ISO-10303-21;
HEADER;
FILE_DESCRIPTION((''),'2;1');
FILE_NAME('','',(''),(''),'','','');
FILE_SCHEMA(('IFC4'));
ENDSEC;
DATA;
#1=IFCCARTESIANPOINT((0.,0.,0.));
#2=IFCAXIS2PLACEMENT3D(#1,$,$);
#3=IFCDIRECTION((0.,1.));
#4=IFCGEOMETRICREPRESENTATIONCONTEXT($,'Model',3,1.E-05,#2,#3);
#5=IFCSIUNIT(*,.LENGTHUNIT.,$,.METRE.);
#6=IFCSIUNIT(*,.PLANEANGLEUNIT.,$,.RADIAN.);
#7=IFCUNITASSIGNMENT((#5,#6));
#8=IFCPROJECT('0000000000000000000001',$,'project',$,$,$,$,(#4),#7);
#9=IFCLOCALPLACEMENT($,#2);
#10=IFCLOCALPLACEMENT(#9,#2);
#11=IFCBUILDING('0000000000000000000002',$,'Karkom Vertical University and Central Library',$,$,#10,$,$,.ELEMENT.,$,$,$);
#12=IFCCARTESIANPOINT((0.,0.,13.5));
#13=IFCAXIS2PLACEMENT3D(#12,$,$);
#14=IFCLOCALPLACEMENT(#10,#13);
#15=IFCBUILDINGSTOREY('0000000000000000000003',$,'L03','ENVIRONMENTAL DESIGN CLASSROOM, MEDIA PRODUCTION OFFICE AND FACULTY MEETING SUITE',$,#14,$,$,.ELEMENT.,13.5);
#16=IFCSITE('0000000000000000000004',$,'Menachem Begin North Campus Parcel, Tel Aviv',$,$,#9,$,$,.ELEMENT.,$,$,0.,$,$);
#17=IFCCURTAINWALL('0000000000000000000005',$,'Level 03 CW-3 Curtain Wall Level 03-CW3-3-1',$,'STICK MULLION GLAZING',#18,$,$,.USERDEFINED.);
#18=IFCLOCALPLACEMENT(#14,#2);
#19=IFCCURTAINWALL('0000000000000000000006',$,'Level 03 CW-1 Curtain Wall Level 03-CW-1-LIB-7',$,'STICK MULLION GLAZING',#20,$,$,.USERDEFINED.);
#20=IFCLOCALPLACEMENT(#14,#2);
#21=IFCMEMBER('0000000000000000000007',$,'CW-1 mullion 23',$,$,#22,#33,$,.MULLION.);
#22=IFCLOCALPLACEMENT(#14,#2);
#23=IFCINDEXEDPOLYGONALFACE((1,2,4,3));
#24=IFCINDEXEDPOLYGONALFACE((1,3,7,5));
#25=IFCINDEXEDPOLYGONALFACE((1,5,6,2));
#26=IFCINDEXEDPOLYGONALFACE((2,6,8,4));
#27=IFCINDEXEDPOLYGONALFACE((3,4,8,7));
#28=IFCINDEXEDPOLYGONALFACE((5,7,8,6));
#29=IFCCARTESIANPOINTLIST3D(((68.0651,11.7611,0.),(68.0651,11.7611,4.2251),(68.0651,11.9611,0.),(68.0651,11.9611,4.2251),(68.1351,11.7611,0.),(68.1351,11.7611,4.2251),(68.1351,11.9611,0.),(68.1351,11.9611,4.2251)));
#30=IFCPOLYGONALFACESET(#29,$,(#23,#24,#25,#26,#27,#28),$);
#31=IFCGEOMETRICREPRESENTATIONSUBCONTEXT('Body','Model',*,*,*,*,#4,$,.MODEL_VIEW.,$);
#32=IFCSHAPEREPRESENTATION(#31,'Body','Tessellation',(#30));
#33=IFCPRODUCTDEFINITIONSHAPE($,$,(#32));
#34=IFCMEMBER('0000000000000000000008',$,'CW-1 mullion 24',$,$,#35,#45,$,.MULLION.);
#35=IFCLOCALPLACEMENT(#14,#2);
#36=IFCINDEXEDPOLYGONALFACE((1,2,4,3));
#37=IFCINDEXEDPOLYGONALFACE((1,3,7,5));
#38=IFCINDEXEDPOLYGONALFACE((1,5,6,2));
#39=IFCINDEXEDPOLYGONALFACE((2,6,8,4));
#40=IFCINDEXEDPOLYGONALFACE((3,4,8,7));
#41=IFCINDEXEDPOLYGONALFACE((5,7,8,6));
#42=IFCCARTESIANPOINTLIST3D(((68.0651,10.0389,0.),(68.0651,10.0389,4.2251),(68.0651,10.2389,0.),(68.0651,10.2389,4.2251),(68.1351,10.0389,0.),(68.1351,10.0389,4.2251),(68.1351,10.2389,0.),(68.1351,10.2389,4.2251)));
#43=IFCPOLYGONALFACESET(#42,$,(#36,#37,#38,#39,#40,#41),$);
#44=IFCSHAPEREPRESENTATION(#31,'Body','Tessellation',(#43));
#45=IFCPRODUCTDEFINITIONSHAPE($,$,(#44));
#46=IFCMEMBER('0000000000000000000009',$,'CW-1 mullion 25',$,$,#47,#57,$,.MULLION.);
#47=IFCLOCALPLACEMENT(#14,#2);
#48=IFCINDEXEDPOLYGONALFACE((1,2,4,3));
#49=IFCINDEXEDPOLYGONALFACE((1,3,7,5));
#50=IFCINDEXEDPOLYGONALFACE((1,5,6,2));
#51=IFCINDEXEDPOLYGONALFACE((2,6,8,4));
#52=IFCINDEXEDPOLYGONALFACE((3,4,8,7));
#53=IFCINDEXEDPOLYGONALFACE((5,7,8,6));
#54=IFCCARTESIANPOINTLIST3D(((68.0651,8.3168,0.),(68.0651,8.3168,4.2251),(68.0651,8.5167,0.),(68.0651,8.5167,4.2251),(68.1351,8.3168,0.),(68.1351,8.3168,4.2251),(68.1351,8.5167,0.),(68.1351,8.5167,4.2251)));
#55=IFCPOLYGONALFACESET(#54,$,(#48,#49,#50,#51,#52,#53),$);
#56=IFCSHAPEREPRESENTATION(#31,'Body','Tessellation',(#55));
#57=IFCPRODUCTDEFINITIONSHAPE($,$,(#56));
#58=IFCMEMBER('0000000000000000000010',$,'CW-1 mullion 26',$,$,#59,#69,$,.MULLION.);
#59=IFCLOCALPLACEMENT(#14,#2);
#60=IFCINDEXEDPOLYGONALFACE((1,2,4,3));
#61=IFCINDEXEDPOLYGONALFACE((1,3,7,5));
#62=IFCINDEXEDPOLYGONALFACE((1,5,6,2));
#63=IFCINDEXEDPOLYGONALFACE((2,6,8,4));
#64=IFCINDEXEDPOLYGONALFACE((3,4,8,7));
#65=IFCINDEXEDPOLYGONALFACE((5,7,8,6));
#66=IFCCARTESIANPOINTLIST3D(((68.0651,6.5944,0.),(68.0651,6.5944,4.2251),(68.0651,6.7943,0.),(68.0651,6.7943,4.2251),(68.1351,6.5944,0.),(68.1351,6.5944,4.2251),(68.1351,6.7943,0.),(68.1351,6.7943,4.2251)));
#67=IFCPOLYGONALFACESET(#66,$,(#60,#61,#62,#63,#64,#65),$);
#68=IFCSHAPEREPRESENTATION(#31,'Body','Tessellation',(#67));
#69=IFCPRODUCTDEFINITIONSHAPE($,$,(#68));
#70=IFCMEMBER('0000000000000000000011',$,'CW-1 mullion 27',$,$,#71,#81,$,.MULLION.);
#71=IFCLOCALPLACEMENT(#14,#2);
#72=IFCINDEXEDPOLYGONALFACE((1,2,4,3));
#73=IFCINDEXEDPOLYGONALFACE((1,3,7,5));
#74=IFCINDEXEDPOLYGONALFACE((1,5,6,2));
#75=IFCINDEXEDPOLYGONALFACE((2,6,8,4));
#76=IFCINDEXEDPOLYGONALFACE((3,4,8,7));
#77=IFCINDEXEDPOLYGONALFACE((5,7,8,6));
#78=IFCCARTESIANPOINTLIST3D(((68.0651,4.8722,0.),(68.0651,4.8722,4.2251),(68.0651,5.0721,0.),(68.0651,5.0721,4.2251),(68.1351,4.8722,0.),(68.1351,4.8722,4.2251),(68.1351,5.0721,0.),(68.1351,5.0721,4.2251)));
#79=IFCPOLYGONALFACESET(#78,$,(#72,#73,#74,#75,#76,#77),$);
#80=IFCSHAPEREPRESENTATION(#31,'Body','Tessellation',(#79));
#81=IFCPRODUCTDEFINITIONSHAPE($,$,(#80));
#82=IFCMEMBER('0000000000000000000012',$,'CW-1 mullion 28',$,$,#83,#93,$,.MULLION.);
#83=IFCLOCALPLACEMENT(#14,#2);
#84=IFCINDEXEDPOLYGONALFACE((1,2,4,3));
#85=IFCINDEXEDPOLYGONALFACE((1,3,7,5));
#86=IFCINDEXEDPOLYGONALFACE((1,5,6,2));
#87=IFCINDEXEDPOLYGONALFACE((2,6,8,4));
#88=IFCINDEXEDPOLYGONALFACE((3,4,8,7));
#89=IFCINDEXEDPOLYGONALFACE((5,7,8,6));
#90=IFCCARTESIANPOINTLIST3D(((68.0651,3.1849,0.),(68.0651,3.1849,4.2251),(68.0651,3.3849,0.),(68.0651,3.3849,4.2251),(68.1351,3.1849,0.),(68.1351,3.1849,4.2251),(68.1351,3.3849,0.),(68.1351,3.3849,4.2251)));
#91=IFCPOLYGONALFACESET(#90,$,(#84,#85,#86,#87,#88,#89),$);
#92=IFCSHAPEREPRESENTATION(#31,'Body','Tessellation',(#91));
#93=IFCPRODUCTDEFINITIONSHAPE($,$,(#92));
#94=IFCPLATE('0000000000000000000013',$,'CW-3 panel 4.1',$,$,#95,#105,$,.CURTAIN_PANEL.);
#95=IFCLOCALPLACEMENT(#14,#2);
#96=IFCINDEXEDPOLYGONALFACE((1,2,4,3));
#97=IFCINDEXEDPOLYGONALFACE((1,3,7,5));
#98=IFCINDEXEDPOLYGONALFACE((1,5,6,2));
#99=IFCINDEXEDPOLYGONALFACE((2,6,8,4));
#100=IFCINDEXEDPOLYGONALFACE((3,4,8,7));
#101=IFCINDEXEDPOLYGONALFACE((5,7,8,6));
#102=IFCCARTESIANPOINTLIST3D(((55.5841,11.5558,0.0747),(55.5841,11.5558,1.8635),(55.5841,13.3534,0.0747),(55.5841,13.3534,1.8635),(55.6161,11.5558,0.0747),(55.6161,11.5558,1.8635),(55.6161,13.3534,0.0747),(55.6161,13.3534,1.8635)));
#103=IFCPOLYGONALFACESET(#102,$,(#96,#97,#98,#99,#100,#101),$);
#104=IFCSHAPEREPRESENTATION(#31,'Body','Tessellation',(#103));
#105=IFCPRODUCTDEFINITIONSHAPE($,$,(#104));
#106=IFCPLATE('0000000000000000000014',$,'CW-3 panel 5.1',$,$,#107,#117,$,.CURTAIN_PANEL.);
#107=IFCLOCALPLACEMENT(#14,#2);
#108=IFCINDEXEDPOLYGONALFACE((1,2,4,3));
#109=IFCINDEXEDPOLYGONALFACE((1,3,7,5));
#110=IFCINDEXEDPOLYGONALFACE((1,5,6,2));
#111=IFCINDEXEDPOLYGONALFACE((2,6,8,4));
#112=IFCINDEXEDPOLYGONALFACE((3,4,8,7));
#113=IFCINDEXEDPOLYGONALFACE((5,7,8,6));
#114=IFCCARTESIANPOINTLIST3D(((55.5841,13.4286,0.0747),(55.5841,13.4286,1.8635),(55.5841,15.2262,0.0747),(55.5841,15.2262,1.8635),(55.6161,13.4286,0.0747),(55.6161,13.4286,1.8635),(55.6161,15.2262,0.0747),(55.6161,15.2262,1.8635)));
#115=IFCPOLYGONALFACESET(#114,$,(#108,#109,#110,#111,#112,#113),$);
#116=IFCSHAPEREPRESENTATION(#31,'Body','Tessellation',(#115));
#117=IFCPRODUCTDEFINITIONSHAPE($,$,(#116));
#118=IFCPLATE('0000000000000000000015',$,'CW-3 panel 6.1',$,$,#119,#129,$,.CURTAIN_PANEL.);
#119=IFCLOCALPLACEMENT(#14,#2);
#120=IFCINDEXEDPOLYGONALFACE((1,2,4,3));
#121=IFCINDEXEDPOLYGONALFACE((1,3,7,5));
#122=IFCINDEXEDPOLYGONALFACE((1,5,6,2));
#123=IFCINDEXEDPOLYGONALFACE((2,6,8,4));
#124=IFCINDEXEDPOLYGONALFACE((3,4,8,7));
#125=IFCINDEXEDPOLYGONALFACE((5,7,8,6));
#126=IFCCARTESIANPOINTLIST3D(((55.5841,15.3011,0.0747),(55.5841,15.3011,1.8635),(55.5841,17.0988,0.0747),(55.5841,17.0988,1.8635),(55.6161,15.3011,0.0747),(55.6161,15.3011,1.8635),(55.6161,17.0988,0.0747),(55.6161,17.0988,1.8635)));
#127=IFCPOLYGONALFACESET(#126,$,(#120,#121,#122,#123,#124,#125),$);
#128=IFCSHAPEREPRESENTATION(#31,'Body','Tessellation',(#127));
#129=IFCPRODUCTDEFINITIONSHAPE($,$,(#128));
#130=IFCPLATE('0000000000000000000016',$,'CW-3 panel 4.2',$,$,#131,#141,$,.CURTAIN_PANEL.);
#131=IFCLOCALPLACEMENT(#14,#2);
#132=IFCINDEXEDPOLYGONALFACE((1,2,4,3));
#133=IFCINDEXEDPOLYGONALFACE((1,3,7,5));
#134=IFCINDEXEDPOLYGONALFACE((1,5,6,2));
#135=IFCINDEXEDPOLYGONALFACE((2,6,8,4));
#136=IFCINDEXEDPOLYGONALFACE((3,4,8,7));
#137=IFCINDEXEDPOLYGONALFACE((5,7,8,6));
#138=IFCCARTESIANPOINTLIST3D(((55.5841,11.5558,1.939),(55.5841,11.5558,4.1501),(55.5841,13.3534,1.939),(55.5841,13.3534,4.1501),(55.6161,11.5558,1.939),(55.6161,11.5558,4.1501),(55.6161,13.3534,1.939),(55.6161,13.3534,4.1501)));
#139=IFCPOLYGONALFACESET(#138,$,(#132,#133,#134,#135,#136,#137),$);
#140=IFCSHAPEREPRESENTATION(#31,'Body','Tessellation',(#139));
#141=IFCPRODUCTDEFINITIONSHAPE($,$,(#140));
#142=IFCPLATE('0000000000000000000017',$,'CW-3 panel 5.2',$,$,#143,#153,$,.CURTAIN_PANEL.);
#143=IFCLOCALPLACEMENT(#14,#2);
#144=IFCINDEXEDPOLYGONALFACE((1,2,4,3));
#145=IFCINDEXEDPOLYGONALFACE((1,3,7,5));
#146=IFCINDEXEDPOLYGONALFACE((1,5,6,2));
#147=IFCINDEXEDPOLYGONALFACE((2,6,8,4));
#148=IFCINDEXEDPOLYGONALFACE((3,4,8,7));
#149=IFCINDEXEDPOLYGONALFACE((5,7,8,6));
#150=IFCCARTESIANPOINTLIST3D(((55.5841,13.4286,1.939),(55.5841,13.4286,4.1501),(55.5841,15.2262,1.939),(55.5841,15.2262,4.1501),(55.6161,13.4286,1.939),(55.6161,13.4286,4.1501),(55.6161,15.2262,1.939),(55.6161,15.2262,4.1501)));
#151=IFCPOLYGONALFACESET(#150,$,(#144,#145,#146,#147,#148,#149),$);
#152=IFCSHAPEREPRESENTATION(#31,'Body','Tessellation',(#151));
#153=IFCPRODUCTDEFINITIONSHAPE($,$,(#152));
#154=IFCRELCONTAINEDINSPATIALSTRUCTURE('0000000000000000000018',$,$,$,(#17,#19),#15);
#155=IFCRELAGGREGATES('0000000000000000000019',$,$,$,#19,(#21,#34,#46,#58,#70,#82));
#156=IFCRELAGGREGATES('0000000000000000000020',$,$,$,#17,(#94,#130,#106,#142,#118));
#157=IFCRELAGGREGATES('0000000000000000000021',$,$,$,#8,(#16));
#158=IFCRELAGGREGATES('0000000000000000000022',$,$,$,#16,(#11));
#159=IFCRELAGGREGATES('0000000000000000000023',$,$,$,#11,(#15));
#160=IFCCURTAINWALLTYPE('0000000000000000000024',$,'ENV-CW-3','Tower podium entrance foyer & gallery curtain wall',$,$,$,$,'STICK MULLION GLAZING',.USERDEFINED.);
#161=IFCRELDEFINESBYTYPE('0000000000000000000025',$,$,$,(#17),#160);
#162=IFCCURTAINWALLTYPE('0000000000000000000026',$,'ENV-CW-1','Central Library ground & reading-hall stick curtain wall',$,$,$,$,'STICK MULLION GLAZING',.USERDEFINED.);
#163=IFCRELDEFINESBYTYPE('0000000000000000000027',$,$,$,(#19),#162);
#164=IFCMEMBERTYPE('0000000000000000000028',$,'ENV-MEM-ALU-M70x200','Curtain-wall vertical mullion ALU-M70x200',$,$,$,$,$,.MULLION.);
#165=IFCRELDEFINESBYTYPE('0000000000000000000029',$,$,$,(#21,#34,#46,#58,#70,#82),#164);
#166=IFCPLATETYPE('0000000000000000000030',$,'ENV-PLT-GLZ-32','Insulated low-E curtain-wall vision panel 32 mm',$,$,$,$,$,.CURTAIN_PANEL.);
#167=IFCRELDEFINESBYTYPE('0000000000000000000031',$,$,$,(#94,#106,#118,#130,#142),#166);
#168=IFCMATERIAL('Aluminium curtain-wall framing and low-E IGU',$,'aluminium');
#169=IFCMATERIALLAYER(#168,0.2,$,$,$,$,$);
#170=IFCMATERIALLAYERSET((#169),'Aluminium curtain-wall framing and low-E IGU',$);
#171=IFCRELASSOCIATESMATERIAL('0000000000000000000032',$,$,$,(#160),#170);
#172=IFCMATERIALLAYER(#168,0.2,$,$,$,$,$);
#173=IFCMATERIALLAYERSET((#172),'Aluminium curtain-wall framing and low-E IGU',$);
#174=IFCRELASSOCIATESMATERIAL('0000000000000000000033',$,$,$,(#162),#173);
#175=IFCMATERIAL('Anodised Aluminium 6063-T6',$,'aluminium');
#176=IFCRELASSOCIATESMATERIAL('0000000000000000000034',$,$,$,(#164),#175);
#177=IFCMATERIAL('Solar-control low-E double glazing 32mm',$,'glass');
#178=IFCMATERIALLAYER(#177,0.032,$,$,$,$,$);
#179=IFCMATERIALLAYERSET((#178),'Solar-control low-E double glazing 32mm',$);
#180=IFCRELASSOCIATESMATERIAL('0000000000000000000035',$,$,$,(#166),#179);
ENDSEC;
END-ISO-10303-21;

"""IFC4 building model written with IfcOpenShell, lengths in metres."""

from ifc_helpers import new_model, si_unit, direction, frame, origin, origin_with_axes, origin_2d, place, context, subcontext, project, spatial, rectangle, extrude, source, transform, mapped, material, layer, layer_set, material_profile, profile_set, type_object, element, aggregate, save


model = new_model("IFC4")

# Units and contexts
model_context = context("Model", 3, precision=1e-05, world=origin(), true_north=direction((0.0, 1.0)))
body_context = subcontext(model_context, "Body", "Model", "MODEL_VIEW")
ifc_project = project(units=[si_unit("LENGTHUNIT", "METRE"), si_unit("PLANEANGLEUNIT", "RADIAN")], contexts=[model_context])

# Site, building, storey
site_placement = place(None, origin())
site = spatial("IfcSite", under=ifc_project, at=site_placement, Name="Menachem Begin North Campus Parcel, Tel Aviv", CompositionType="ELEMENT", RefElevation=0.0)
building_placement = place(site_placement, origin())
building = spatial("IfcBuilding", under=site, at=building_placement, Name="Karkom Vertical University and Central Library", CompositionType="ELEMENT")
storey_placement = place(building_placement, frame((0.0, 0.0, 13.5)))
storey = spatial("IfcBuildingStorey", under=building, at=storey_placement, Name="L03", Description="ENVIRONMENTAL DESIGN CLASSROOM, MEDIA PRODUCTION OFFICE AND FACULTY MEETING SUITE", CompositionType="ELEMENT", Elevation=13.5)

# Curtain walls, members
ifc_material_1 = material(Name="Aluminium curtain-wall framing and low-E IGU", Category="aluminium")
ifc_layer_1 = layer(ifc_material_1, 0.2)
ifc_layer_set_1 = layer_set([ifc_layer_1], Name="Aluminium curtain-wall framing and low-E IGU")
curtain_wall_type_1 = type_object("IfcCurtainWallType", Name="ENV-CW-3", Description="Tower podium entrance foyer & gallery curtain wall", ElementType="STICK MULLION GLAZING", PredefinedType="USERDEFINED", material=ifc_layer_set_1)
curtain_wall_1_placement = place(storey_placement, origin())
curtain_wall_1 = element("IfcCurtainWall", 1, at=curtain_wall_1_placement, inside=storey, type_object=curtain_wall_type_1, Name="Level 03 CW-3 Curtain Wall Level 03-CW3-3-1", ObjectType="STICK MULLION GLAZING", PredefinedType="USERDEFINED")
ifc_material_2 = material(Name="Anodised Aluminium 6063-T6", Category="aluminium")
ifc_layer_2 = layer(ifc_material_1, 0.2)
ifc_layer_set_2 = layer_set([ifc_layer_2], Name="Aluminium curtain-wall framing and low-E IGU")
curtain_wall_type_2 = type_object("IfcCurtainWallType", Name="ENV-CW-1", Description="Central Library ground & reading-hall stick curtain wall", ElementType="STICK MULLION GLAZING", PredefinedType="USERDEFINED", material=ifc_layer_set_2)
curtain_wall_2_placement = place(storey_placement, origin())
curtain_wall_2 = element("IfcCurtainWall", 2, at=curtain_wall_2_placement, inside=storey, type_object=curtain_wall_type_2, Name="Level 03 CW-1 Curtain Wall Level 03-CW-1-LIB-7", ObjectType="STICK MULLION GLAZING", PredefinedType="USERDEFINED")
ifc_material_profile_1 = material_profile(ifc_material_2, rectangle(XDim=0.0701, YDim=0.2, at=origin_2d()), Name="ALU-M70x200")
ifc_profile_set_1 = profile_set([ifc_material_profile_1], Name="Anodised Aluminium 6063-T6")
member_type_1 = type_object("IfcMemberType", Name="ENV-MEM-ALU-M70x200", Description="Curtain-wall vertical mullion ALU-M70x200", PredefinedType="MULLION", material=ifc_profile_set_1)
shared_shape_1 = source(origin_with_axes(), body_context, "Body", "SweptSolid", [
    extrude(rectangle(XDim=0.0701, YDim=0.2, at=origin_2d()), origin(), (0.0, 0.0, 1.0), 4.2251),
])
member_1_placement = place(storey_placement, frame((68.1001, 11.8611, 0.0), z_axis=(0.0, 0.0, 1.0), x_axis=(1.0, 0.0, 0.0)))
member_1 = element("IfcMember", 3, at=member_1_placement, type_object=member_type_1, Name="CW-1 mullion 23", PredefinedType="MULLION", context=body_context, shape_type="MappedRepresentation", body=[
    mapped(shared_shape_1, transform((0.0, 0.0, 0.0), scale=1.0)),
])
member_2_placement = place(storey_placement, frame((68.1001, 10.1389, 0.0), z_axis=(0.0, 0.0, 1.0), x_axis=(1.0, 0.0, 0.0)))
member_2 = element("IfcMember", 4, at=member_2_placement, type_object=member_type_1, Name="CW-1 mullion 24", PredefinedType="MULLION", context=body_context, shape_type="MappedRepresentation", body=[
    mapped(shared_shape_1, transform((0.0, 0.0, 0.0), scale=1.0)),
])
member_3_placement = place(storey_placement, frame((68.1001, 8.4167, 0.0), z_axis=(0.0, 0.0, 1.0), x_axis=(1.0, 0.0, 0.0)))
member_3 = element("IfcMember", 5, at=member_3_placement, type_object=member_type_1, Name="CW-1 mullion 25", PredefinedType="MULLION", context=body_context, shape_type="MappedRepresentation", body=[
    mapped(shared_shape_1, transform((0.0, 0.0, 0.0), scale=1.0)),
])
member_4_placement = place(storey_placement, frame((68.1001, 6.6943, 0.0), z_axis=(0.0, 0.0, 1.0), x_axis=(1.0, 0.0, 0.0)))
member_4 = element("IfcMember", 6, at=member_4_placement, type_object=member_type_1, Name="CW-1 mullion 26", PredefinedType="MULLION", context=body_context, shape_type="MappedRepresentation", body=[
    mapped(shared_shape_1, transform((0.0, 0.0, 0.0), scale=1.0)),
])
member_5_placement = place(storey_placement, frame((68.1001, 4.9722, 0.0), z_axis=(0.0, 0.0, 1.0), x_axis=(1.0, 0.0, 0.0)))
member_5 = element("IfcMember", 7, at=member_5_placement, type_object=member_type_1, Name="CW-1 mullion 27", PredefinedType="MULLION", context=body_context, shape_type="MappedRepresentation", body=[
    mapped(shared_shape_1, transform((0.0, 0.0, 0.0), scale=1.0)),
])
member_6_placement = place(storey_placement, frame((68.1001, 3.2849, 0.0), z_axis=(0.0, 0.0, 1.0), x_axis=(1.0, 0.0, 0.0)))
member_6 = element("IfcMember", 8, at=member_6_placement, type_object=member_type_1, Name="CW-1 mullion 28", PredefinedType="MULLION", context=body_context, shape_type="MappedRepresentation", body=[
    mapped(shared_shape_1, transform((0.0, 0.0, 0.0), scale=1.0)),
])
aggregate(curtain_wall_2, [member_1, member_2, member_3, member_4, member_5, member_6])

# Plates
ifc_material_3 = material(Name="Solar-control low-E double glazing 32mm", Category="glass")
ifc_layer_3 = layer(ifc_material_3, 0.032)
ifc_layer_set_3 = layer_set([ifc_layer_3], Name="Solar-control low-E double glazing 32mm")
plate_type = type_object("IfcPlateType", Name="ENV-PLT-GLZ-32", Description="Insulated low-E curtain-wall vision panel 32 mm", PredefinedType="CURTAIN_PANEL", material=ifc_layer_set_3)
shared_shape_2 = source(origin_with_axes(), body_context, "Body", "SweptSolid", [
    extrude(rectangle(XDim=1.7976, YDim=0.032, at=origin_2d()), origin(), (0.0, 0.0, 1.0), 1.7888),
])
plate_1_placement = place(storey_placement, frame((55.6001, 12.4546, 0.0747), z_axis=(0.0, 0.0, 1.0), x_axis=(0.0, 1.0, 0.0)))
plate_1 = element("IfcPlate", 9, at=plate_1_placement, type_object=plate_type, Name="CW-3 panel 4.1", PredefinedType="CURTAIN_PANEL", context=body_context, shape_type="MappedRepresentation", body=[
    mapped(shared_shape_2, transform((0.0, 0.0, 0.0), scale=1.0)),
])
plate_2_placement = place(storey_placement, frame((55.6001, 14.3274, 0.0747), z_axis=(0.0, 0.0, 1.0), x_axis=(0.0, 1.0, 0.0)))
plate_2 = element("IfcPlate", 10, at=plate_2_placement, type_object=plate_type, Name="CW-3 panel 5.1", PredefinedType="CURTAIN_PANEL", context=body_context, shape_type="MappedRepresentation", body=[
    mapped(shared_shape_2, transform((0.0, 0.0, 0.0), scale=1.0)),
])
plate_3_placement = place(storey_placement, frame((55.6001, 16.2, 0.0747), z_axis=(0.0, 0.0, 1.0), x_axis=(0.0, 1.0, 0.0)))
plate_3 = element("IfcPlate", 11, at=plate_3_placement, type_object=plate_type, Name="CW-3 panel 6.1", PredefinedType="CURTAIN_PANEL", context=body_context, shape_type="MappedRepresentation", body=[
    mapped(shared_shape_2, transform((0.0, 0.0, 0.0), scale=1.0)),
])
shared_shape_3 = source(origin_with_axes(), body_context, "Body", "SweptSolid", [
    extrude(rectangle(XDim=1.7976, YDim=0.032, at=origin_2d()), origin(), (0.0, 0.0, 1.0), 2.2112),
])
plate_4_placement = place(storey_placement, frame((55.6001, 12.4546, 1.939), z_axis=(0.0, 0.0, 1.0), x_axis=(0.0, 1.0, 0.0)))
plate_4 = element("IfcPlate", 12, at=plate_4_placement, type_object=plate_type, Name="CW-3 panel 4.2", PredefinedType="CURTAIN_PANEL", context=body_context, shape_type="MappedRepresentation", body=[
    mapped(shared_shape_3, transform((0.0, 0.0, 0.0), scale=1.0)),
])
plate_5_placement = place(storey_placement, frame((55.6001, 14.3274, 1.939), z_axis=(0.0, 0.0, 1.0), x_axis=(0.0, 1.0, 0.0)))
plate_5 = element("IfcPlate", 13, at=plate_5_placement, type_object=plate_type, Name="CW-3 panel 5.2", PredefinedType="CURTAIN_PANEL", context=body_context, shape_type="MappedRepresentation", body=[
    mapped(shared_shape_3, transform((0.0, 0.0, 0.0), scale=1.0)),
])
aggregate(curtain_wall_1, [plate_1, plate_4, plate_2, plate_5, plate_3])

save(model, "model.ifc")
